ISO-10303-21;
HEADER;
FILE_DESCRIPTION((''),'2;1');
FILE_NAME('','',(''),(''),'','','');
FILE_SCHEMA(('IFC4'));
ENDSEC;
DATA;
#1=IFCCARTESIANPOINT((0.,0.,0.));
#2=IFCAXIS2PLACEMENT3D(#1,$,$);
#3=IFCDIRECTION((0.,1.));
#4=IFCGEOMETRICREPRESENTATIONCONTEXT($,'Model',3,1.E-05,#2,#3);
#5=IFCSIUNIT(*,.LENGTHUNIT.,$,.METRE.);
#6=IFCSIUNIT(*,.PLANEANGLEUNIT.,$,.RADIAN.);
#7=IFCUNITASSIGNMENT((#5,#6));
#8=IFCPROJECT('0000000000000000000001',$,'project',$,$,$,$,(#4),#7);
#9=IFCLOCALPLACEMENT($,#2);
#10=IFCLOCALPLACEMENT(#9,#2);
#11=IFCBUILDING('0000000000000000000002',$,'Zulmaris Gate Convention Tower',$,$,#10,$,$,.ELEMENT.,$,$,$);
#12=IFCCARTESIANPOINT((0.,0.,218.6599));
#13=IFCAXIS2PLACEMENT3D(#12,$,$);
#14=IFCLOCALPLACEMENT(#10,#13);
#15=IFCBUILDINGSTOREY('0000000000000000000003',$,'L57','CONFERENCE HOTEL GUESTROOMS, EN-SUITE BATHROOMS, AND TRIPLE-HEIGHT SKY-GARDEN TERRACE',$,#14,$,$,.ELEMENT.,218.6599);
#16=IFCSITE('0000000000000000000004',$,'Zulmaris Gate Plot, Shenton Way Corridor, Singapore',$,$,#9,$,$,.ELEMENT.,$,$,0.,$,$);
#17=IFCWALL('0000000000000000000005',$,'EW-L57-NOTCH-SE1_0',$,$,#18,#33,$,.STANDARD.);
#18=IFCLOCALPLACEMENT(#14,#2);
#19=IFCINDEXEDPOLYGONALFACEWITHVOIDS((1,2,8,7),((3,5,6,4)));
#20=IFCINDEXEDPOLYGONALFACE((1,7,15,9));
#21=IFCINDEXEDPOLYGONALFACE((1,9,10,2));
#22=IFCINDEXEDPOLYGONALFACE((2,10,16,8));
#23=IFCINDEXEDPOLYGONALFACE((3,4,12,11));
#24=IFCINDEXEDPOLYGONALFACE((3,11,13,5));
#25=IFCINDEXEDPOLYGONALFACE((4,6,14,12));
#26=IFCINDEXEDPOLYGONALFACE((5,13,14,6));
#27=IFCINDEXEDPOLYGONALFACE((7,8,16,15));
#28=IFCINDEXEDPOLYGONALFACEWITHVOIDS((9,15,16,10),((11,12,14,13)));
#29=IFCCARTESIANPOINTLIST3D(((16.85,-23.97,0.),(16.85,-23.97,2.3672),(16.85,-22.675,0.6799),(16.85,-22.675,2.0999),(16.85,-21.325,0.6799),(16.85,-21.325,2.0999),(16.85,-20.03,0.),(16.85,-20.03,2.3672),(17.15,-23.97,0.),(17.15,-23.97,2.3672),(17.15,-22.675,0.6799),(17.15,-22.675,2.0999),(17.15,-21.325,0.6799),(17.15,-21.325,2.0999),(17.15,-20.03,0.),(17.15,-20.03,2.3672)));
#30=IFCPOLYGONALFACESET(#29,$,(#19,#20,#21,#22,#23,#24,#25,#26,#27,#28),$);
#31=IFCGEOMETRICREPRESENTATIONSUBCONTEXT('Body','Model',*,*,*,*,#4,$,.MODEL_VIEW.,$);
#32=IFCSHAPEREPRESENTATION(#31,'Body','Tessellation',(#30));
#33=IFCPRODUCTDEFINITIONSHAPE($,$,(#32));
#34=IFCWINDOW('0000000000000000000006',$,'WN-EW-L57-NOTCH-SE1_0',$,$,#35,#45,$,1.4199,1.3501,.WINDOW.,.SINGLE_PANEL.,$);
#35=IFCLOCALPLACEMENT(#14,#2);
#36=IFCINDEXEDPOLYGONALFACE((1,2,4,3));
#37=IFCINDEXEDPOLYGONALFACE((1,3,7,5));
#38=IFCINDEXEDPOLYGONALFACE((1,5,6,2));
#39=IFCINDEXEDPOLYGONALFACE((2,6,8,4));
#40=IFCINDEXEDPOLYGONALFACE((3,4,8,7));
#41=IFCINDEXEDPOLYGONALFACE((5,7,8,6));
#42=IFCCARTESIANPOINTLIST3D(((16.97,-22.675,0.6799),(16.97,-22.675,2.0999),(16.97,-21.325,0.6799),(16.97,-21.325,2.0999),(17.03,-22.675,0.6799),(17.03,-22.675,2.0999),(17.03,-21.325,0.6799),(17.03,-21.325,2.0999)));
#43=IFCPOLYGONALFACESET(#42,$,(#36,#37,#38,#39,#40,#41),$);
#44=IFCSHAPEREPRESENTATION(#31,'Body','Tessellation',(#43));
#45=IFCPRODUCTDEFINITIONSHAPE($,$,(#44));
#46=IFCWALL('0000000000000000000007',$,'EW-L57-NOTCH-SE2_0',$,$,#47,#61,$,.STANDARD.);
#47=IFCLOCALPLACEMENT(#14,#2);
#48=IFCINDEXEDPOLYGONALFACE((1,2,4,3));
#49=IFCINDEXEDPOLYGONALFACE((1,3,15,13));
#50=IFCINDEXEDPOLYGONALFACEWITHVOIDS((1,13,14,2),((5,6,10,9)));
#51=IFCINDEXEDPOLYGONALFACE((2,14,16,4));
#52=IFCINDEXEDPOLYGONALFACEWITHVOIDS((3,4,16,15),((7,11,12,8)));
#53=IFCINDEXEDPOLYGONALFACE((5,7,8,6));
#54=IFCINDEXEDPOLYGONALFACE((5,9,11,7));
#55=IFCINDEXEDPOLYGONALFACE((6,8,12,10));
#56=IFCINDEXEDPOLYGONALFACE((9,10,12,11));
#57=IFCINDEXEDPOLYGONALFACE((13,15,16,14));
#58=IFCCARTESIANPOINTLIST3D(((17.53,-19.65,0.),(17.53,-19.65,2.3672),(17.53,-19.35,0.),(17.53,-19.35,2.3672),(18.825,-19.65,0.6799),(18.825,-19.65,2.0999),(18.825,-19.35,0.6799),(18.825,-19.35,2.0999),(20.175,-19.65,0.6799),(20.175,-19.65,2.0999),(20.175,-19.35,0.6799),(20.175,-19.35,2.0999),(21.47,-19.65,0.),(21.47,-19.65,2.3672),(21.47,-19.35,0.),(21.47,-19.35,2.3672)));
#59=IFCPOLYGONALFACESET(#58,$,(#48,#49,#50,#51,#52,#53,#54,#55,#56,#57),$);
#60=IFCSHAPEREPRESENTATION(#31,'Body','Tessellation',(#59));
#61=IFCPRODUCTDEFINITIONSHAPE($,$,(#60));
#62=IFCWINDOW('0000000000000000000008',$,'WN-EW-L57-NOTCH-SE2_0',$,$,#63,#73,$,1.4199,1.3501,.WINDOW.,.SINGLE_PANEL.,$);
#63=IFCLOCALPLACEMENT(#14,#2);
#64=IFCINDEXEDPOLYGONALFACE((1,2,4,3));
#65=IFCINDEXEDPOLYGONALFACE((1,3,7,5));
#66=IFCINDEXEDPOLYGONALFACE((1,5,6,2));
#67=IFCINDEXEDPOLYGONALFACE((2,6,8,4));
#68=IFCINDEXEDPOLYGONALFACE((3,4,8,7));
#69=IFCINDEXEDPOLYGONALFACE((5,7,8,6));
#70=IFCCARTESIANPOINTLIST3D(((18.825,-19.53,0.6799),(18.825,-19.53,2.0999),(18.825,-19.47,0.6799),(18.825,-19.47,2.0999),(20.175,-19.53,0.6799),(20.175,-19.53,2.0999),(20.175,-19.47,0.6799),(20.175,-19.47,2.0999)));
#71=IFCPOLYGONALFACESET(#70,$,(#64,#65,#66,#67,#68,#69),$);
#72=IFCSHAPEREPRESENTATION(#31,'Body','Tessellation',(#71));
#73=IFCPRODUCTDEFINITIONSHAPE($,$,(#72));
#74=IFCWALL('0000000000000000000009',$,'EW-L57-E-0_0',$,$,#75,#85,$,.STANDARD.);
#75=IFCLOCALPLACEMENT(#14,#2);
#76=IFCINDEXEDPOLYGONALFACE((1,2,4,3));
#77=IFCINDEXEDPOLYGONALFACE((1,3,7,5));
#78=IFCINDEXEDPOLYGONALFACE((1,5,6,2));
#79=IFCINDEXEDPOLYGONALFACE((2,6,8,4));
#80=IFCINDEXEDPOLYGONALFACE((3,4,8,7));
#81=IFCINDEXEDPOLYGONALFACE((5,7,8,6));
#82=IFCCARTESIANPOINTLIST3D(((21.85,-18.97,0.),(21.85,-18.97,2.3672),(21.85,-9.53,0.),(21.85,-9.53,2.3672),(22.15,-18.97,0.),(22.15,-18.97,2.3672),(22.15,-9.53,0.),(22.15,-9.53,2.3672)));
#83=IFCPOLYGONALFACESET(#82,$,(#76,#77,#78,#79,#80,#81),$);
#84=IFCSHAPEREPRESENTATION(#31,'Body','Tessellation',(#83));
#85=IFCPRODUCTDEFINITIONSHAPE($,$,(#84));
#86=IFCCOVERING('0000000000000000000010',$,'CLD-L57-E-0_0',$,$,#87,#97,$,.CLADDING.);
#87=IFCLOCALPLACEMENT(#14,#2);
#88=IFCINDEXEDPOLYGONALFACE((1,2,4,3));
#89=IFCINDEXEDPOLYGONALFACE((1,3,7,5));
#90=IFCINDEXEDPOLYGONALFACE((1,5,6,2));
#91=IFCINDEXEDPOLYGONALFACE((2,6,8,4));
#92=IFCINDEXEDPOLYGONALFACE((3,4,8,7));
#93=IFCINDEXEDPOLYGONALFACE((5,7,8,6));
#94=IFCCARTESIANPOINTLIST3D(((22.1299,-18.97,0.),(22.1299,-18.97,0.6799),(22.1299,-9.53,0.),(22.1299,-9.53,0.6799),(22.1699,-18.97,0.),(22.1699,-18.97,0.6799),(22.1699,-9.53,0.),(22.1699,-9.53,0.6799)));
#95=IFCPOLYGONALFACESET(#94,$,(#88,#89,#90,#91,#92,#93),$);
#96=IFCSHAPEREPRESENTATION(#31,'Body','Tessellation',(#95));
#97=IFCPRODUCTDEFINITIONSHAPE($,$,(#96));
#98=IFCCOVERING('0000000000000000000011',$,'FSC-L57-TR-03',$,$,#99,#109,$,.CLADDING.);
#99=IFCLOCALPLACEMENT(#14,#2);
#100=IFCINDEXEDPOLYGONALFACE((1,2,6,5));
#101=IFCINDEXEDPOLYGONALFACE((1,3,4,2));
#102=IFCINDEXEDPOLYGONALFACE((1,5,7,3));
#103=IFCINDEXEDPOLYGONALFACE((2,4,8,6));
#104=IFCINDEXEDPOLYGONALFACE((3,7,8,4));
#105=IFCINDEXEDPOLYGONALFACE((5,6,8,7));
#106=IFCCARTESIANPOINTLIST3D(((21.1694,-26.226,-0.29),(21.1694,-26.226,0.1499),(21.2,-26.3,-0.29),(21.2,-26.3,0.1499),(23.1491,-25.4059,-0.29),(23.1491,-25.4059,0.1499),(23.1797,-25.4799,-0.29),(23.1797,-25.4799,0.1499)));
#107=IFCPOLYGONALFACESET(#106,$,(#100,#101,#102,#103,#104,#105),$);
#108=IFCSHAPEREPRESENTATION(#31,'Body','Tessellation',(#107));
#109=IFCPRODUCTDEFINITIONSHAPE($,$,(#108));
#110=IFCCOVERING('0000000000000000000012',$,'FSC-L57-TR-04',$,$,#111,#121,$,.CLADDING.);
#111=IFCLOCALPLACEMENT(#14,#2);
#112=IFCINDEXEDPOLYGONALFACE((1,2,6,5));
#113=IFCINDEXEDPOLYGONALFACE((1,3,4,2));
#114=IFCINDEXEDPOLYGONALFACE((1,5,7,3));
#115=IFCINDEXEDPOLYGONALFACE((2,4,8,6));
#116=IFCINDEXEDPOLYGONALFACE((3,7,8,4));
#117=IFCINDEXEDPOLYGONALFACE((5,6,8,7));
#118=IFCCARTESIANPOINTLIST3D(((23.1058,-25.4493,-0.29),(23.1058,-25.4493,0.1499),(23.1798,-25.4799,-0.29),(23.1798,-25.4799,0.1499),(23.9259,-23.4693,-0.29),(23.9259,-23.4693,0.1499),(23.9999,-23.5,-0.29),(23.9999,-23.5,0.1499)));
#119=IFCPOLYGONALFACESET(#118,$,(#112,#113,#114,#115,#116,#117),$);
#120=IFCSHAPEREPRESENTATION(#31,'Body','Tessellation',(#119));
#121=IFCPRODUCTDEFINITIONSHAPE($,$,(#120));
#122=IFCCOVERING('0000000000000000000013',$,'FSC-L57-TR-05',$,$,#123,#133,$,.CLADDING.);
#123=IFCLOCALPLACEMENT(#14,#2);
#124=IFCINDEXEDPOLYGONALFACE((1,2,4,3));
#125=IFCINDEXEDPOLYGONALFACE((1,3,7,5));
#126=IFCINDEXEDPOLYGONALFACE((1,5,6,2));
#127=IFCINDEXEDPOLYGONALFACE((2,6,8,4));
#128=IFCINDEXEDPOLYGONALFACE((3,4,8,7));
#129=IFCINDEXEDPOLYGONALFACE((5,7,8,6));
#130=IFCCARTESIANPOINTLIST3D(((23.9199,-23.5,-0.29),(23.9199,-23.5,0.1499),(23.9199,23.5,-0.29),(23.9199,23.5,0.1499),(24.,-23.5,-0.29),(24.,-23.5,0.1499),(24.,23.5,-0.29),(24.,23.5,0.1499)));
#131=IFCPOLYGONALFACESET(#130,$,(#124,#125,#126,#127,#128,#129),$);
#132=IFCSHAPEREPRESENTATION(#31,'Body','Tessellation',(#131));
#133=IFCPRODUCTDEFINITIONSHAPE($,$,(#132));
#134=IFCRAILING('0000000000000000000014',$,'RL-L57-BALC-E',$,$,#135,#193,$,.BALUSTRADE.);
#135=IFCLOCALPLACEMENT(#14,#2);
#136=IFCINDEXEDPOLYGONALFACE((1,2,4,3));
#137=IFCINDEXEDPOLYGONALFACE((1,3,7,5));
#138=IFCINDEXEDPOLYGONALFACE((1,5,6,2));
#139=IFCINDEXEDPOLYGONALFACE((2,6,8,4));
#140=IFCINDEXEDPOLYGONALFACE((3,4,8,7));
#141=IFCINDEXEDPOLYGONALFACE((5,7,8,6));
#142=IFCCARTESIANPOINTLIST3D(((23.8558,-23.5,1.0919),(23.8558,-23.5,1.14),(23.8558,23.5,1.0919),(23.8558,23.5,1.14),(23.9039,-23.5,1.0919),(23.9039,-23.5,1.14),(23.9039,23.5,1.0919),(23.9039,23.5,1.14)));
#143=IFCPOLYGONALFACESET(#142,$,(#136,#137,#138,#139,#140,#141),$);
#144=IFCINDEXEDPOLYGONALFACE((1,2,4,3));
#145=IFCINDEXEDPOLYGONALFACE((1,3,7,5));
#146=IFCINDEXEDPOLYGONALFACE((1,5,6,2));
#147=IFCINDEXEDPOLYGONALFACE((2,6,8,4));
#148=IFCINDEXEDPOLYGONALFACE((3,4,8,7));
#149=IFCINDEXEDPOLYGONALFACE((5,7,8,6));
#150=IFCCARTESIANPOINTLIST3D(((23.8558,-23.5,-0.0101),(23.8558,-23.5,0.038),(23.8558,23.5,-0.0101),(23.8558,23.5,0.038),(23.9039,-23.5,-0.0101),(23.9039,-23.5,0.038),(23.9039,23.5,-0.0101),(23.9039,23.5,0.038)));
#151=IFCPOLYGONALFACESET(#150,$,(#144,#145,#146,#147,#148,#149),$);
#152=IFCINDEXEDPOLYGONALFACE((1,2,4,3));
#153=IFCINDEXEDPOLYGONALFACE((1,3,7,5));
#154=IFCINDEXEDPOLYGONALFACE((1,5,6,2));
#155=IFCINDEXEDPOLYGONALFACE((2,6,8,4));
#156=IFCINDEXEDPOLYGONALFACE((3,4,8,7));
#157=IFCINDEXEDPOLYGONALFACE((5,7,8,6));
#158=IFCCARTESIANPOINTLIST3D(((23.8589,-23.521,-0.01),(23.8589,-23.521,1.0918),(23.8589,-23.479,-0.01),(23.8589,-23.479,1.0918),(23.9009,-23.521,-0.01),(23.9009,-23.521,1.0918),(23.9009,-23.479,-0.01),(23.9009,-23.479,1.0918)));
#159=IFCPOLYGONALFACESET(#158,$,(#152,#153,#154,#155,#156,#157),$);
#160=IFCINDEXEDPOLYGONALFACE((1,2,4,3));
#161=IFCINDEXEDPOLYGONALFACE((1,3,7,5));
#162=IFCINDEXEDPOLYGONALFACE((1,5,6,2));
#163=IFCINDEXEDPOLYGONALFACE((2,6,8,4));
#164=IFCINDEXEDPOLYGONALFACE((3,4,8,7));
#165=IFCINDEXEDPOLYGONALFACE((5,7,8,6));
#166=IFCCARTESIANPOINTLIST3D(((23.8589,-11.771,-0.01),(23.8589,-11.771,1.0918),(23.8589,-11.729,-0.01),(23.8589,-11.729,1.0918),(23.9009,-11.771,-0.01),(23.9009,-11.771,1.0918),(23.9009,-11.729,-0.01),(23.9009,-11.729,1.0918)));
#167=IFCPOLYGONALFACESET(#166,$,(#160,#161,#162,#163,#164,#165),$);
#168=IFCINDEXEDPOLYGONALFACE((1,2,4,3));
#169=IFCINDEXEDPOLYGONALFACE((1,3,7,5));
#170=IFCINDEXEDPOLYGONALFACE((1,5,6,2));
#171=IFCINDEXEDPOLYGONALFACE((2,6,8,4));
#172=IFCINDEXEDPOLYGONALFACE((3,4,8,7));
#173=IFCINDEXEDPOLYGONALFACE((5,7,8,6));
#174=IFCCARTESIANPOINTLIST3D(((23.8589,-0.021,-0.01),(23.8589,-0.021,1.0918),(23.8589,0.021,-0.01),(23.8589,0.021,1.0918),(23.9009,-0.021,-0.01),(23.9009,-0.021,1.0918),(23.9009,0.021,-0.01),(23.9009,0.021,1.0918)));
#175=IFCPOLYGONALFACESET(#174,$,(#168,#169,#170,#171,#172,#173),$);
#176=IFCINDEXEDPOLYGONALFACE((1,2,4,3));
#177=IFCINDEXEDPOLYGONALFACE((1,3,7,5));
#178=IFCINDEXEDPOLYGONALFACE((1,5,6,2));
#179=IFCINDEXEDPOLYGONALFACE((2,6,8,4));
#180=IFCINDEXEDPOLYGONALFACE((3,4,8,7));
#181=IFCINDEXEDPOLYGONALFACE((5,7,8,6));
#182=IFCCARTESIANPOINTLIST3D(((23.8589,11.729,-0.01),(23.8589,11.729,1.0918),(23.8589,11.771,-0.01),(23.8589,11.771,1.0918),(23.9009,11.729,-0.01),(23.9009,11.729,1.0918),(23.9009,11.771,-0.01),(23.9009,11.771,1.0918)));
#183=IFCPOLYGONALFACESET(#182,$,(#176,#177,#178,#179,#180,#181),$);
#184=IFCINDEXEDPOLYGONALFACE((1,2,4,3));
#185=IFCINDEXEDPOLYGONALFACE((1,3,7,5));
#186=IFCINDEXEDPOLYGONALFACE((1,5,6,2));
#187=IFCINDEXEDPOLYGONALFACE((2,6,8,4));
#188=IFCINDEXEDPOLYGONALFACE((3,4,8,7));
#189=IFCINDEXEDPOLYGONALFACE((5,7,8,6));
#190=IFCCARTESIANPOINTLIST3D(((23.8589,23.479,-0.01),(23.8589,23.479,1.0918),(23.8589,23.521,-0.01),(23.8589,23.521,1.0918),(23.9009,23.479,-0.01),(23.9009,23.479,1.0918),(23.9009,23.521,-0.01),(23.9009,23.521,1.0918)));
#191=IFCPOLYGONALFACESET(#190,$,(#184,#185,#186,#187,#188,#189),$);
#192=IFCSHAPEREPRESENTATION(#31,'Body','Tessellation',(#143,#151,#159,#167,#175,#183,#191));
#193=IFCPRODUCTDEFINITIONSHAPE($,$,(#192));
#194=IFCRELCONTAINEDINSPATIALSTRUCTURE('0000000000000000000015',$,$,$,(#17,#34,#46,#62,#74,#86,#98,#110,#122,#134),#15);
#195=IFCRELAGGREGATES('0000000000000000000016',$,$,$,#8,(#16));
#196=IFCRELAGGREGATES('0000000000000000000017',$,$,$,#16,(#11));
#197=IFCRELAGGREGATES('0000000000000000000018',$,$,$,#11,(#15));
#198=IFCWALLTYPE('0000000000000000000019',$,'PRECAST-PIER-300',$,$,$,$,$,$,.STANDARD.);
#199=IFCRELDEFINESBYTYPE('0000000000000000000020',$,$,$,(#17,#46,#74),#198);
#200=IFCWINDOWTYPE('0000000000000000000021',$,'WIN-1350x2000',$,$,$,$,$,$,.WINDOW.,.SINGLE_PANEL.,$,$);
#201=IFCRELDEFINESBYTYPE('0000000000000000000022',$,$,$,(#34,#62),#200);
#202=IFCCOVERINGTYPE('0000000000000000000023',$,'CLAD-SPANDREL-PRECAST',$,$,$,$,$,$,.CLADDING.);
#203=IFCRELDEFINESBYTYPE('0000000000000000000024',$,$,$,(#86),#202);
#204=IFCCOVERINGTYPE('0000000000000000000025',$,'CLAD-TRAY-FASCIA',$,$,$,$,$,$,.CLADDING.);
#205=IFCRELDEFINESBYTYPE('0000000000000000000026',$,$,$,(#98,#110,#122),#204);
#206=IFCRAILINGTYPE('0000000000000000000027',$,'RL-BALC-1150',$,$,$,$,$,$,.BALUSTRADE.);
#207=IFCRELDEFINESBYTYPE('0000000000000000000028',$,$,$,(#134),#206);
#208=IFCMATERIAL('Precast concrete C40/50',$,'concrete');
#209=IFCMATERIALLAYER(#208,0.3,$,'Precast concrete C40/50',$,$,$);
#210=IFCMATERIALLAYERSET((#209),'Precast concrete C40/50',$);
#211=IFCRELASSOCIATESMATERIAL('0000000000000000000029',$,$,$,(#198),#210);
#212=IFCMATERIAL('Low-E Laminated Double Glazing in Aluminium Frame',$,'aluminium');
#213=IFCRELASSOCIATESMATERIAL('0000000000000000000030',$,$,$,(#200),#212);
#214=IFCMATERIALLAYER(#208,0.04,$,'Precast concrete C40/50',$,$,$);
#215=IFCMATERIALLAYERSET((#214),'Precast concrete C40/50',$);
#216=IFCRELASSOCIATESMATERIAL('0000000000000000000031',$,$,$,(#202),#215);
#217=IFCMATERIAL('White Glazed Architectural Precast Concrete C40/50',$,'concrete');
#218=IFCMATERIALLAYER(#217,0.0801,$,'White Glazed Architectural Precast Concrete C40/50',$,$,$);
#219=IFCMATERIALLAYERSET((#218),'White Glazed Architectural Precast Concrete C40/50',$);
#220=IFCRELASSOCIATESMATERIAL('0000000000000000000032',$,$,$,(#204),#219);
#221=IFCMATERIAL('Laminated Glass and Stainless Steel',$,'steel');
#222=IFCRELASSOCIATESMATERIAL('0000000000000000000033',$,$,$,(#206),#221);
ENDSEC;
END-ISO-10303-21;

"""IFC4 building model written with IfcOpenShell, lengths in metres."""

from ifc_helpers import new_model, si_unit, direction, frame, frame_2d, origin, origin_2d, place, context, subcontext, project, spatial, rectangle, extrude, material, layer, layer_set, type_object, element, fill, save


model = new_model("IFC4")

# Units and contexts
model_context = context("Model", 3, precision=1e-05, world=origin(), true_north=direction((0.0, 1.0)))
body_context = subcontext(model_context, "Body", "Model", "MODEL_VIEW")
ifc_project = project(units=[si_unit("LENGTHUNIT", "METRE"), si_unit("PLANEANGLEUNIT", "RADIAN")], contexts=[model_context])

# Site, building, storey
site_placement = place(None, origin())
site = spatial("IfcSite", under=ifc_project, at=site_placement, Name="Zulmaris Gate Plot, Shenton Way Corridor, Singapore", CompositionType="ELEMENT", RefElevation=0.0)
building_placement = place(site_placement, origin())
building = spatial("IfcBuilding", under=site, at=building_placement, Name="Zulmaris Gate Convention Tower", CompositionType="ELEMENT")
storey_placement = place(building_placement, frame((0.0, 0.0, 218.6599)))
storey = spatial("IfcBuildingStorey", under=building, at=storey_placement, Name="L57", Description="CONFERENCE HOTEL GUESTROOMS, EN-SUITE BATHROOMS, AND TRIPLE-HEIGHT SKY-GARDEN TERRACE", CompositionType="ELEMENT", Elevation=218.6599)

# Walls, openings, windows
ifc_material_1 = material(Name="Precast concrete C40/50", Category="concrete")
ifc_layer_1 = layer(ifc_material_1, 0.3, Name="Precast concrete C40/50")
ifc_layer_set_1 = layer_set([ifc_layer_1], Name="Precast concrete C40/50")
wall_type_1 = type_object("IfcWallType", Name="PRECAST-PIER-300", PredefinedType="STANDARD", material=ifc_layer_set_1)
wall_1_placement = place(storey_placement, frame((17.0, -23.97, 0.0), z_axis=(0.0, 0.0, 1.0), x_axis=(0.0, 1.0, 0.0)))
wall_1 = element("IfcWall", 1, at=wall_1_placement, inside=storey, type_object=wall_type_1, Name="EW-L57-NOTCH-SE1_0", PredefinedType="STANDARD", context=body_context, shape_type="SweptSolid", body=[
    extrude(rectangle(XDim=3.9399, YDim=0.3, at=frame_2d((1.97, 0.0))), origin(), (0.0, 0.0, 1.0), 2.3672),
])
opening_1_placement = place(wall_1_placement, frame((1.2949, 0.0, 0.6799)))
opening_1 = element("IfcOpeningElement", 2, at=opening_1_placement, cuts=wall_1, PredefinedType="OPENING", context=body_context, shape_type="SweptSolid", body=[
    extrude(rectangle(XDim=1.3501, YDim=1.4199, at=frame_2d((0.675, 0.71))), frame((0.0, 0.1602, 0.0), z_axis=(0.0, -1.0, 0.0), x_axis=(1.0, 0.0, 0.0)), (0.0, 0.0, 1.0), 0.3201),
])
ifc_material_2 = material(Name="Low-E Laminated Double Glazing in Aluminium Frame", Category="aluminium")
window_type = type_object("IfcWindowType", Name="WIN-1350x2000", PartitioningType="SINGLE_PANEL", PredefinedType="WINDOW", material=ifc_material_2)
window_1_placement = place(opening_1_placement, origin())
window_1 = element("IfcWindow", 3, at=window_1_placement, inside=storey, type_object=window_type, Name="WN-EW-L57-NOTCH-SE1_0", OverallHeight=1.4199, OverallWidth=1.3501, PartitioningType="SINGLE_PANEL", PredefinedType="WINDOW", context=body_context, shape_type="SweptSolid", body=[
    extrude(rectangle(XDim=1.3501, YDim=1.4199, at=frame_2d((0.675, 0.71))), frame((0.0, 0.03, 0.0), z_axis=(0.0, -1.0, 0.0), x_axis=(1.0, 0.0, 0.0)), (0.0, 0.0, 1.0), 0.0601),
])
fill(opening_1, window_1)
wall_2_placement = place(storey_placement, frame((17.53, -19.5, 0.0), z_axis=(0.0, 0.0, 1.0), x_axis=(1.0, 0.0, 0.0)))
wall_2 = element("IfcWall", 4, at=wall_2_placement, inside=storey, type_object=wall_type_1, Name="EW-L57-NOTCH-SE2_0", PredefinedType="STANDARD", context=body_context, shape_type="SweptSolid", body=[
    extrude(rectangle(XDim=3.9399, YDim=0.3, at=frame_2d((1.97, 0.0))), origin(), (0.0, 0.0, 1.0), 2.3672),
])
opening_2_placement = place(wall_2_placement, frame((1.2949, 0.0, 0.6799)))
opening_2 = element("IfcOpeningElement", 5, at=opening_2_placement, cuts=wall_2, PredefinedType="OPENING", context=body_context, shape_type="SweptSolid", body=[
    extrude(rectangle(XDim=1.3501, YDim=1.4199, at=frame_2d((0.675, 0.71))), frame((0.0, 0.1602, 0.0), z_axis=(0.0, -1.0, 0.0), x_axis=(1.0, 0.0, 0.0)), (0.0, 0.0, 1.0), 0.3201),
])
window_2_placement = place(opening_2_placement, origin())
window_2 = element("IfcWindow", 6, at=window_2_placement, inside=storey, type_object=window_type, Name="WN-EW-L57-NOTCH-SE2_0", OverallHeight=1.4199, OverallWidth=1.3501, PartitioningType="SINGLE_PANEL", PredefinedType="WINDOW", context=body_context, shape_type="SweptSolid", body=[
    extrude(rectangle(XDim=1.3501, YDim=1.4199, at=frame_2d((0.675, 0.71))), frame((0.0, 0.03, 0.0), z_axis=(0.0, -1.0, 0.0), x_axis=(1.0, 0.0, 0.0)), (0.0, 0.0, 1.0), 0.0601),
])
fill(opening_2, window_2)

# Wall
wall_3_placement = place(storey_placement, frame((22.0, -18.97, 0.0), z_axis=(0.0, 0.0, 1.0), x_axis=(0.0, 1.0, 0.0)))
element("IfcWall", 7, at=wall_3_placement, inside=storey, type_object=wall_type_1, Name="EW-L57-E-0_0", PredefinedType="STANDARD", context=body_context, shape_type="SweptSolid", body=[
    extrude(rectangle(XDim=9.4399, YDim=0.3, at=frame_2d((4.72, 0.0))), origin(), (0.0, 0.0, 1.0), 2.3672),
])

# Coverings
ifc_layer_2 = layer(ifc_material_1, 0.04, Name="Precast concrete C40/50")
ifc_layer_set_2 = layer_set([ifc_layer_2], Name="Precast concrete C40/50")
covering_type_1 = type_object("IfcCoveringType", Name="CLAD-SPANDREL-PRECAST", PredefinedType="CLADDING", material=ifc_layer_set_2)
covering_1_placement = place(storey_placement, frame((22.1499, -18.97, 0.0), z_axis=(0.0, 0.0, 1.0), x_axis=(0.0, 1.0, 0.0)))
element("IfcCovering", 8, at=covering_1_placement, inside=storey, type_object=covering_type_1, Name="CLD-L57-E-0_0", PredefinedType="CLADDING", context=body_context, shape_type="SweptSolid", body=[
    extrude(rectangle(XDim=9.4399, YDim=0.04, at=frame_2d((4.72, 0.0))), origin(), (0.0, 0.0, 1.0), 0.6799),
])
ifc_material_3 = material(Name="White Glazed Architectural Precast Concrete C40/50", Category="concrete")
ifc_layer_3 = layer(ifc_material_3, 0.0801, Name="White Glazed Architectural Precast Concrete C40/50")
ifc_layer_set_3 = layer_set([ifc_layer_3], Name="White Glazed Architectural Precast Concrete C40/50")
covering_type_2 = type_object("IfcCoveringType", Name="CLAD-TRAY-FASCIA", PredefinedType="CLADDING", material=ifc_layer_set_3)
covering_2_placement = place(storey_placement, frame((21.1848, -26.2629, -0.29), z_axis=(0.0, 0.0, 1.0), x_axis=(0.923874, 0.382697, 0.0)))
element("IfcCovering", 9, at=covering_2_placement, inside=storey, type_object=covering_type_2, Name="FSC-L57-TR-03", PredefinedType="CLADDING", context=body_context, shape_type="SweptSolid", body=[
    extrude(rectangle(XDim=2.1428, YDim=0.0801, at=frame_2d((1.0713, 0.0))), origin(), (0.0, 0.0, 1.0), 0.4399),
])
covering_3_placement = place(storey_placement, frame((23.1428, -25.4646, -0.29), z_axis=(0.0, 0.0, 1.0), x_axis=(0.382657, 0.92389, 0.0)))
element("IfcCovering", 10, at=covering_3_placement, inside=storey, type_object=covering_type_2, Name="FSC-L57-TR-04", PredefinedType="CLADDING", context=body_context, shape_type="SweptSolid", body=[
    extrude(rectangle(XDim=2.1431, YDim=0.0801, at=frame_2d((1.0715, 0.0))), origin(), (0.0, 0.0, 1.0), 0.4399),
])
covering_4_placement = place(storey_placement, frame((23.96, -23.5, -0.29), z_axis=(0.0, 0.0, 1.0), x_axis=(0.0, 1.0, 0.0)))
element("IfcCovering", 11, at=covering_4_placement, inside=storey, type_object=covering_type_2, Name="FSC-L57-TR-05", PredefinedType="CLADDING", context=body_context, shape_type="SweptSolid", body=[
    extrude(rectangle(XDim=47.0, YDim=0.0801, at=frame_2d((23.5, 0.0))), origin(), (0.0, 0.0, 1.0), 0.4399),
])

# Railing
ifc_material_4 = material(Name="Laminated Glass and Stainless Steel", Category="steel")
railing_type = type_object("IfcRailingType", Name="RL-BALC-1150", PredefinedType="BALUSTRADE", material=ifc_material_4)
railing_placement = place(storey_placement, frame((23.8799, -23.5, -0.01)))
element("IfcRailing", 12, at=railing_placement, inside=storey, type_object=railing_type, Name="RL-L57-BALC-E", PredefinedType="BALUSTRADE", context=body_context, shape_type="SweptSolid", body=[
    extrude(rectangle(XDim=0.0481, YDim=0.0481, at=origin_2d()), frame((0.0, 0.0, 1.126), z_axis=(0.0, 1.0, 0.0), x_axis=(-1.0, 0.0, 0.0)), (0.0, 0.0, 1.0), 47.0),
    extrude(rectangle(XDim=0.0481, YDim=0.0481, at=origin_2d()), frame((0.0, 0.0, 0.0239), z_axis=(0.0, 1.0, 0.0), x_axis=(-1.0, 0.0, 0.0)), (0.0, 0.0, 1.0), 47.0),
    extrude(rectangle(XDim=0.042, YDim=0.042, at=origin_2d()), origin(), (0.0, 0.0, 1.0), 1.1018),
    extrude(rectangle(XDim=0.042, YDim=0.042, at=origin_2d()), frame((0.0, 11.75, 0.0)), (0.0, 0.0, 1.0), 1.1018),
    extrude(rectangle(XDim=0.042, YDim=0.042, at=origin_2d()), frame((0.0, 23.5, 0.0)), (0.0, 0.0, 1.0), 1.1018),
    extrude(rectangle(XDim=0.042, YDim=0.042, at=origin_2d()), frame((0.0, 35.25, 0.0)), (0.0, 0.0, 1.0), 1.1018),
    extrude(rectangle(XDim=0.042, YDim=0.042, at=origin_2d()), frame((0.0, 47.0, 0.0)), (0.0, 0.0, 1.0), 1.1018),
])

save(model, "model.ifc")
